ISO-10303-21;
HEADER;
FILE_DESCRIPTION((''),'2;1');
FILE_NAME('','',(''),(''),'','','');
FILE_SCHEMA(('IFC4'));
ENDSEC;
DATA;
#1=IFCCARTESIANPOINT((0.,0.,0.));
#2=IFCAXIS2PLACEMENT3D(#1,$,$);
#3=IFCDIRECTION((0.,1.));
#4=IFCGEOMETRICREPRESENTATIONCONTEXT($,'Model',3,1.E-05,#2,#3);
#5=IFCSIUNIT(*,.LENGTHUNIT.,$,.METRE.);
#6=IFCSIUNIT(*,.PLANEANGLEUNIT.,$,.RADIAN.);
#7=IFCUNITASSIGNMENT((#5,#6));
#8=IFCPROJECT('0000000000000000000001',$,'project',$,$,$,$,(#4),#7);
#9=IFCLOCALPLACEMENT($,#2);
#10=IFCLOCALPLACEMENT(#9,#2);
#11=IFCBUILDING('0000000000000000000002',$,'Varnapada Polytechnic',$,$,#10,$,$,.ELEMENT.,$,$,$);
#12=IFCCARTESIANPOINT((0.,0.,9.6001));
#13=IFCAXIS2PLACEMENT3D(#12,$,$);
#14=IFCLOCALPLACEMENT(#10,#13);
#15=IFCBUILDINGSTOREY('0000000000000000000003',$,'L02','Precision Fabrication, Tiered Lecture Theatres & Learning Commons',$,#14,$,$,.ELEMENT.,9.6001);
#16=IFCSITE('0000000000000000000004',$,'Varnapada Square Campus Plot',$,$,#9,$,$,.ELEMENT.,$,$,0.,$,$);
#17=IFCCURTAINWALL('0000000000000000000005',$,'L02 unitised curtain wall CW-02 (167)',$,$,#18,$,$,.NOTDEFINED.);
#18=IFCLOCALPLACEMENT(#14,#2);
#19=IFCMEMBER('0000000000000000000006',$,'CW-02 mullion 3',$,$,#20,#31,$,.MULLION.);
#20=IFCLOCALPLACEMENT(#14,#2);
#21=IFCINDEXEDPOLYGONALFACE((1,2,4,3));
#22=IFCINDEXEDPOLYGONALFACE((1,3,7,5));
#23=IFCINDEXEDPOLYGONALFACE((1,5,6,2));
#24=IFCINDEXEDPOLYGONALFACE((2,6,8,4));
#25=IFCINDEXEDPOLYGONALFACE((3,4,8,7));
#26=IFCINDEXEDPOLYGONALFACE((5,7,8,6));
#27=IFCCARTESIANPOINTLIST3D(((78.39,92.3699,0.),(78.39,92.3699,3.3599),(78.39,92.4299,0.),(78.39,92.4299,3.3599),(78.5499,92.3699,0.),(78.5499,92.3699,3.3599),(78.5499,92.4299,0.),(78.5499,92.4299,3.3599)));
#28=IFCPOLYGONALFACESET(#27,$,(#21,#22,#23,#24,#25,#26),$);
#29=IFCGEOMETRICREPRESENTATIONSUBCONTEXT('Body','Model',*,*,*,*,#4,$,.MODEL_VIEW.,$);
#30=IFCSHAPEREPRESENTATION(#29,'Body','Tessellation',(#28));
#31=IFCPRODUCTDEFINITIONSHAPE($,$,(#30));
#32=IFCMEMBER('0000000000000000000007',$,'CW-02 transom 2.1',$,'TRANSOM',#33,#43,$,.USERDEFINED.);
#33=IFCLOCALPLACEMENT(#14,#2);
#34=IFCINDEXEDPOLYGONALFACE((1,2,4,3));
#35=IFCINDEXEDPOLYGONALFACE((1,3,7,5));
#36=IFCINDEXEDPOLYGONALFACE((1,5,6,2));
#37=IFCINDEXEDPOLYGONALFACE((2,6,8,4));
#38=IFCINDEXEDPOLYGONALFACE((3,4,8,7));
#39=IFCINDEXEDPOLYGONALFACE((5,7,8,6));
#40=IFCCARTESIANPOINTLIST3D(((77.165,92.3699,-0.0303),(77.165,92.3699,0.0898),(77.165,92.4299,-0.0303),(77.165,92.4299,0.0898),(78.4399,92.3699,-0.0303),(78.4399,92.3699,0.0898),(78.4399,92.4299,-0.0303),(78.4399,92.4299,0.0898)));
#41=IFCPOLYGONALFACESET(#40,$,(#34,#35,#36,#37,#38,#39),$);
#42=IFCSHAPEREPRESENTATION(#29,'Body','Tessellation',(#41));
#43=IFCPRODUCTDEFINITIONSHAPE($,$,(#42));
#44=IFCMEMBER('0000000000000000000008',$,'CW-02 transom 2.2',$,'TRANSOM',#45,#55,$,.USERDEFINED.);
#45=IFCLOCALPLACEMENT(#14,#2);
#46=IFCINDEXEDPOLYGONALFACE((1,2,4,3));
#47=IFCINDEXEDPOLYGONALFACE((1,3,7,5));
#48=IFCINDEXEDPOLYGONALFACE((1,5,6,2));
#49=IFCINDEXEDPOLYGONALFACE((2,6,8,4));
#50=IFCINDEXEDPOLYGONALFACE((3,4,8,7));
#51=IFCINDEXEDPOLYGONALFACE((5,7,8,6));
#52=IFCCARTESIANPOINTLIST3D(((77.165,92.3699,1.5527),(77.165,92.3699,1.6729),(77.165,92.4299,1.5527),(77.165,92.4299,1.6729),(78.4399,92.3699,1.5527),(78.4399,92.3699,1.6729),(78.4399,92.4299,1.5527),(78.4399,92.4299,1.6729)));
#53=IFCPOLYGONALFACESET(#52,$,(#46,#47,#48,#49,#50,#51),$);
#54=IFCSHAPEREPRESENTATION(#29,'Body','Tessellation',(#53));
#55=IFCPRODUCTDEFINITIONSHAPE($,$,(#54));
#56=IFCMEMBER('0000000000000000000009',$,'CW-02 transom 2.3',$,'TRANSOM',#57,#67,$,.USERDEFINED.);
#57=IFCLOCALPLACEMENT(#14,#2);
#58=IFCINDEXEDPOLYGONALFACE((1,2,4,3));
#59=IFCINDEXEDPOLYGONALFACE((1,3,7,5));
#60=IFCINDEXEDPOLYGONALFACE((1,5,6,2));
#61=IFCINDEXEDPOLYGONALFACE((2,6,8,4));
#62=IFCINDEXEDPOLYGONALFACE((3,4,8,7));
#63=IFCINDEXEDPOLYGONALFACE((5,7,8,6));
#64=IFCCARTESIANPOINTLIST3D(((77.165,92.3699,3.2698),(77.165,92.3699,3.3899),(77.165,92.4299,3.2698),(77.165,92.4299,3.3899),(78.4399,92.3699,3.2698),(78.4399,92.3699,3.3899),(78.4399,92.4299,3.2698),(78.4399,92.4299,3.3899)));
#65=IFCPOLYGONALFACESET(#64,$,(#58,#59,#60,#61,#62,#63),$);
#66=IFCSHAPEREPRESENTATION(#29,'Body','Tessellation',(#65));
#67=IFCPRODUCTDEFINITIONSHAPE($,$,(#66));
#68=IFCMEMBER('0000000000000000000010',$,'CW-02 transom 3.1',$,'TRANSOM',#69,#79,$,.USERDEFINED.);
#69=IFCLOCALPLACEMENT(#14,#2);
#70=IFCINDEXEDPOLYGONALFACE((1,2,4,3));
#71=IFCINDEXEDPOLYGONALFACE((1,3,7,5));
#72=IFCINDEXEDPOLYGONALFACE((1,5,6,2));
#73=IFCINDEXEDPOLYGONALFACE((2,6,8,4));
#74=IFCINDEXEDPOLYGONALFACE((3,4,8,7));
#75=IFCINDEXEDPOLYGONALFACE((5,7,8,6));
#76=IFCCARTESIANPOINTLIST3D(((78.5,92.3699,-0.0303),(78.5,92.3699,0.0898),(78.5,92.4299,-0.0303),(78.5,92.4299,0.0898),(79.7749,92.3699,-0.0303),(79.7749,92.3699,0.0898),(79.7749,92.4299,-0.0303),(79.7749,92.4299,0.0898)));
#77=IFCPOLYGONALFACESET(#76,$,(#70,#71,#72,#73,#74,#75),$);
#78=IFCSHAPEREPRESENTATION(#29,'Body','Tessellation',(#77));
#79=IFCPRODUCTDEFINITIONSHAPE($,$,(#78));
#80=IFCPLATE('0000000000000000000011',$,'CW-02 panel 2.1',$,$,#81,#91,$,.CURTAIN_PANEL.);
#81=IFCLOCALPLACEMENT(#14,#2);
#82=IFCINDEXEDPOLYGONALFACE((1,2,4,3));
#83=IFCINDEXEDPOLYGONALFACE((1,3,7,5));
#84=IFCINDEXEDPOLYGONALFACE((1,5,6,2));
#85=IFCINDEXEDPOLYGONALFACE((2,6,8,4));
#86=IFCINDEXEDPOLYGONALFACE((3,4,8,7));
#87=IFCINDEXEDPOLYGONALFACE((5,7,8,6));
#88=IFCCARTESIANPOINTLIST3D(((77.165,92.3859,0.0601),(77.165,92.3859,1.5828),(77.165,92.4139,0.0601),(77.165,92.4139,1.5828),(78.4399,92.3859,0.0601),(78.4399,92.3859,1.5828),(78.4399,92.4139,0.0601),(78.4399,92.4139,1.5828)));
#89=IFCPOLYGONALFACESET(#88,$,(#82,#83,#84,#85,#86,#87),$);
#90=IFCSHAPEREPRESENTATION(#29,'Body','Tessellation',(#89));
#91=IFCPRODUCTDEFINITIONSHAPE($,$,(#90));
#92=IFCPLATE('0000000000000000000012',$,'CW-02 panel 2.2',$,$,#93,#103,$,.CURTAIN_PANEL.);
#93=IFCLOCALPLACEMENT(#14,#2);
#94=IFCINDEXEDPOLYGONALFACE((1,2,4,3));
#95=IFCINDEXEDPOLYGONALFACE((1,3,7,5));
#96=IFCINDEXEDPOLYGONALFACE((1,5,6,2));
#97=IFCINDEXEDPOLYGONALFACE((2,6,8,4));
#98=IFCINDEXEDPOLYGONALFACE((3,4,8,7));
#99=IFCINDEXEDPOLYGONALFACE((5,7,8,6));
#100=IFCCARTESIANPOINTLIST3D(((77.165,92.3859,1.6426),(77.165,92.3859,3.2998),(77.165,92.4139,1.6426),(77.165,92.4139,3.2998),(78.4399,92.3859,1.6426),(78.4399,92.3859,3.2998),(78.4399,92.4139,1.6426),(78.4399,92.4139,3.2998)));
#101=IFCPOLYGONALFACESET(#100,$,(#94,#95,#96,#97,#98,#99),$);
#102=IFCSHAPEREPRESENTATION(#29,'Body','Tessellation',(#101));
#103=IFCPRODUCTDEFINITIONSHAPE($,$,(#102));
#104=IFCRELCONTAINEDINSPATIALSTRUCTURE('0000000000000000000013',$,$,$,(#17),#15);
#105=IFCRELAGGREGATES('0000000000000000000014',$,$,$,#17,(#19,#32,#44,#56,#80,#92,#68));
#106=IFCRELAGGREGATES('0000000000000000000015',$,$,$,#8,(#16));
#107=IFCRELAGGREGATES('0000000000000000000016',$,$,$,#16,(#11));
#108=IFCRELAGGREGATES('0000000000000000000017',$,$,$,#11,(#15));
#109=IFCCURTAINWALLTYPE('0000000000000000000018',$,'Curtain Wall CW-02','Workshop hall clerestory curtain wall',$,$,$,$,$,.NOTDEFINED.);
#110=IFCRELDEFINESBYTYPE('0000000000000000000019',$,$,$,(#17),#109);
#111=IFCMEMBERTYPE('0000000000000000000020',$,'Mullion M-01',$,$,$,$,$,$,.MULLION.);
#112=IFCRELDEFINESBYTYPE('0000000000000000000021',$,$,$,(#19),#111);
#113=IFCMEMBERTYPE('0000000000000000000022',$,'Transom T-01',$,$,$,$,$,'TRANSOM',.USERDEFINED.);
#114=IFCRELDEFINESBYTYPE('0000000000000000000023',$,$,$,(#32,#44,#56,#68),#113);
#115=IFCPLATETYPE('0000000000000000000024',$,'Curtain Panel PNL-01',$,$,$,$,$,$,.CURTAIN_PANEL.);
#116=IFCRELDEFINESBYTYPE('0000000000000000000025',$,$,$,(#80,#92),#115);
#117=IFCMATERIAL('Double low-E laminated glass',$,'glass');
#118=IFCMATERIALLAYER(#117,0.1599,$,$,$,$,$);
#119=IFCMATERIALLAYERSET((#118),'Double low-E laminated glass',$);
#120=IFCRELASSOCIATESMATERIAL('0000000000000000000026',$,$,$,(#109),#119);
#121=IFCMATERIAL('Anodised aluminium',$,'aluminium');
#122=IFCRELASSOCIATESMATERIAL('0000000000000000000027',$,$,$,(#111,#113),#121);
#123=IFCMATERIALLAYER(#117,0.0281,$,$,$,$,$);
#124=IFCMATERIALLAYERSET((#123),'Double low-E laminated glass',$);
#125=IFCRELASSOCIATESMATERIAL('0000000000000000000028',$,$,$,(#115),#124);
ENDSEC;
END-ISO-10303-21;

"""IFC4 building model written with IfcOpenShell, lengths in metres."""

from ifc_helpers import new_model, si_unit, direction, frame, origin, origin_2d, place, context, subcontext, project, spatial, rectangle, extrude, material, layer, layer_set, material_profile, profile_set, type_object, element, aggregate, save


model = new_model("IFC4")

# Units and contexts
model_context = context("Model", 3, precision=1e-05, world=origin(), true_north=direction((0.0, 1.0)))
body_context = subcontext(model_context, "Body", "Model", "MODEL_VIEW")
ifc_project = project(units=[si_unit("LENGTHUNIT", "METRE"), si_unit("PLANEANGLEUNIT", "RADIAN")], contexts=[model_context])

# Site, building, storey
site_placement = place(None, origin())
site = spatial("IfcSite", under=ifc_project, at=site_placement, Name="Varnapada Square Campus Plot", CompositionType="ELEMENT", RefElevation=0.0)
building_placement = place(site_placement, origin())
building = spatial("IfcBuilding", under=site, at=building_placement, Name="Varnapada Polytechnic", CompositionType="ELEMENT")
storey_placement = place(building_placement, frame((0.0, 0.0, 9.6001)))
storey = spatial("IfcBuildingStorey", under=building, at=storey_placement, Name="L02", Description="Precision Fabrication, Tiered Lecture Theatres & Learning Commons", CompositionType="ELEMENT", Elevation=9.6001)

# Curtain wall, members, plates
ifc_material_1 = material(Name="Double low-E laminated glass", Category="glass")
ifc_layer_1 = layer(ifc_material_1, 0.1599)
ifc_layer_set_1 = layer_set([ifc_layer_1], Name="Double low-E laminated glass")
curtain_wall_type = type_object("IfcCurtainWallType", Name="Curtain Wall CW-02", Description="Workshop hall clerestory curtain wall", PredefinedType="NOTDEFINED", material=ifc_layer_set_1)
curtain_wall_placement = place(storey_placement, origin())
curtain_wall = element("IfcCurtainWall", 1, at=curtain_wall_placement, inside=storey, type_object=curtain_wall_type, Name="L02 unitised curtain wall CW-02 (167)", PredefinedType="NOTDEFINED")
ifc_material_2 = material(Name="Anodised aluminium", Category="aluminium")
ifc_material_profile_1 = material_profile(ifc_material_2, rectangle(XDim=0.0601, YDim=0.1599, at=origin_2d()), Name="ALU M60x160")
ifc_profile_set_1 = profile_set([ifc_material_profile_1], Name="Anodised aluminium")
member_type_1 = type_object("IfcMemberType", Name="Mullion M-01", PredefinedType="MULLION", material=ifc_profile_set_1)
member_1_placement = place(storey_placement, frame((78.47, 92.3999, 0.0), z_axis=(0.0, 0.0, 1.0), x_axis=(0.0, 1.0, 0.0)))
member_1 = element("IfcMember", 2, at=member_1_placement, type_object=member_type_1, Name="CW-02 mullion 3", PredefinedType="MULLION", context=body_context, shape_type="SweptSolid", body=[
    extrude(rectangle(XDim=0.0601, YDim=0.1599, at=origin_2d()), origin(), (0.0, 0.0, 1.0), 3.3599),
])
ifc_material_profile_2 = material_profile(ifc_material_2, rectangle(XDim=0.0601, YDim=0.1201, at=origin_2d()), Name="ALU T60x120")
ifc_profile_set_2 = profile_set([ifc_material_profile_2], Name="Anodised aluminium")
member_type_2 = type_object("IfcMemberType", Name="Transom T-01", ElementType="TRANSOM", PredefinedType="USERDEFINED", material=ifc_profile_set_2)
member_2_placement = place(storey_placement, frame((77.165, 92.3999, 0.0298), z_axis=(1.0, 0.0, 0.0), x_axis=(0.0, 1.0, 0.0)))
member_2 = element("IfcMember", 3, at=member_2_placement, type_object=member_type_2, Name="CW-02 transom 2.1", ObjectType="TRANSOM", PredefinedType="USERDEFINED", context=body_context, shape_type="SweptSolid", body=[
    extrude(rectangle(XDim=0.0601, YDim=0.1201, at=origin_2d()), origin(), (0.0, 0.0, 1.0), 1.2749),
])
member_3_placement = place(storey_placement, frame((77.165, 92.3999, 1.6128), z_axis=(1.0, 0.0, 0.0), x_axis=(0.0, 1.0, 0.0)))
member_3 = element("IfcMember", 4, at=member_3_placement, type_object=member_type_2, Name="CW-02 transom 2.2", ObjectType="TRANSOM", PredefinedType="USERDEFINED", context=body_context, shape_type="SweptSolid", body=[
    extrude(rectangle(XDim=0.0601, YDim=0.1201, at=origin_2d()), origin(), (0.0, 0.0, 1.0), 1.2749),
])
member_4_placement = place(storey_placement, frame((77.165, 92.3999, 3.3298), z_axis=(1.0, 0.0, 0.0), x_axis=(0.0, 1.0, 0.0)))
member_4 = element("IfcMember", 5, at=member_4_placement, type_object=member_type_2, Name="CW-02 transom 2.3", ObjectType="TRANSOM", PredefinedType="USERDEFINED", context=body_context, shape_type="SweptSolid", body=[
    extrude(rectangle(XDim=0.0601, YDim=0.1201, at=origin_2d()), origin(), (0.0, 0.0, 1.0), 1.2749),
])
member_5_placement = place(storey_placement, frame((78.5, 92.3999, 0.0298), z_axis=(1.0, 0.0, 0.0), x_axis=(0.0, 1.0, 0.0)))
member_5 = element("IfcMember", 6, at=member_5_placement, type_object=member_type_2, Name="CW-02 transom 3.1", ObjectType="TRANSOM", PredefinedType="USERDEFINED", context=body_context, shape_type="SweptSolid", body=[
    extrude(rectangle(XDim=0.0601, YDim=0.1201, at=origin_2d()), origin(), (0.0, 0.0, 1.0), 1.2749),
])
ifc_layer_2 = layer(ifc_material_1, 0.0281)
ifc_layer_set_2 = layer_set([ifc_layer_2], Name="Double low-E laminated glass")
plate_type = type_object("IfcPlateType", Name="Curtain Panel PNL-01", PredefinedType="CURTAIN_PANEL", material=ifc_layer_set_2)
plate_1_placement = place(storey_placement, frame((77.8025, 92.3999, 0.0601), z_axis=(0.0, 0.0, 1.0), x_axis=(1.0, 0.0, 0.0)))
plate_1 = element("IfcPlate", 7, at=plate_1_placement, type_object=plate_type, Name="CW-02 panel 2.1", PredefinedType="CURTAIN_PANEL", context=body_context, shape_type="SweptSolid", body=[
    extrude(rectangle(XDim=1.2749, YDim=0.0281, at=origin_2d()), origin(), (0.0, 0.0, 1.0), 1.5227),
])
plate_2_placement = place(storey_placement, frame((77.8025, 92.3999, 1.6426), z_axis=(0.0, 0.0, 1.0), x_axis=(1.0, 0.0, 0.0)))
plate_2 = element("IfcPlate", 8, at=plate_2_placement, type_object=plate_type, Name="CW-02 panel 2.2", PredefinedType="CURTAIN_PANEL", context=body_context, shape_type="SweptSolid", body=[
    extrude(rectangle(XDim=1.2749, YDim=0.0281, at=origin_2d()), origin(), (0.0, 0.0, 1.0), 1.6572),
])
aggregate(curtain_wall, [member_1, member_2, member_3, member_4, plate_1, plate_2, member_5])

save(model, "model.ifc")
